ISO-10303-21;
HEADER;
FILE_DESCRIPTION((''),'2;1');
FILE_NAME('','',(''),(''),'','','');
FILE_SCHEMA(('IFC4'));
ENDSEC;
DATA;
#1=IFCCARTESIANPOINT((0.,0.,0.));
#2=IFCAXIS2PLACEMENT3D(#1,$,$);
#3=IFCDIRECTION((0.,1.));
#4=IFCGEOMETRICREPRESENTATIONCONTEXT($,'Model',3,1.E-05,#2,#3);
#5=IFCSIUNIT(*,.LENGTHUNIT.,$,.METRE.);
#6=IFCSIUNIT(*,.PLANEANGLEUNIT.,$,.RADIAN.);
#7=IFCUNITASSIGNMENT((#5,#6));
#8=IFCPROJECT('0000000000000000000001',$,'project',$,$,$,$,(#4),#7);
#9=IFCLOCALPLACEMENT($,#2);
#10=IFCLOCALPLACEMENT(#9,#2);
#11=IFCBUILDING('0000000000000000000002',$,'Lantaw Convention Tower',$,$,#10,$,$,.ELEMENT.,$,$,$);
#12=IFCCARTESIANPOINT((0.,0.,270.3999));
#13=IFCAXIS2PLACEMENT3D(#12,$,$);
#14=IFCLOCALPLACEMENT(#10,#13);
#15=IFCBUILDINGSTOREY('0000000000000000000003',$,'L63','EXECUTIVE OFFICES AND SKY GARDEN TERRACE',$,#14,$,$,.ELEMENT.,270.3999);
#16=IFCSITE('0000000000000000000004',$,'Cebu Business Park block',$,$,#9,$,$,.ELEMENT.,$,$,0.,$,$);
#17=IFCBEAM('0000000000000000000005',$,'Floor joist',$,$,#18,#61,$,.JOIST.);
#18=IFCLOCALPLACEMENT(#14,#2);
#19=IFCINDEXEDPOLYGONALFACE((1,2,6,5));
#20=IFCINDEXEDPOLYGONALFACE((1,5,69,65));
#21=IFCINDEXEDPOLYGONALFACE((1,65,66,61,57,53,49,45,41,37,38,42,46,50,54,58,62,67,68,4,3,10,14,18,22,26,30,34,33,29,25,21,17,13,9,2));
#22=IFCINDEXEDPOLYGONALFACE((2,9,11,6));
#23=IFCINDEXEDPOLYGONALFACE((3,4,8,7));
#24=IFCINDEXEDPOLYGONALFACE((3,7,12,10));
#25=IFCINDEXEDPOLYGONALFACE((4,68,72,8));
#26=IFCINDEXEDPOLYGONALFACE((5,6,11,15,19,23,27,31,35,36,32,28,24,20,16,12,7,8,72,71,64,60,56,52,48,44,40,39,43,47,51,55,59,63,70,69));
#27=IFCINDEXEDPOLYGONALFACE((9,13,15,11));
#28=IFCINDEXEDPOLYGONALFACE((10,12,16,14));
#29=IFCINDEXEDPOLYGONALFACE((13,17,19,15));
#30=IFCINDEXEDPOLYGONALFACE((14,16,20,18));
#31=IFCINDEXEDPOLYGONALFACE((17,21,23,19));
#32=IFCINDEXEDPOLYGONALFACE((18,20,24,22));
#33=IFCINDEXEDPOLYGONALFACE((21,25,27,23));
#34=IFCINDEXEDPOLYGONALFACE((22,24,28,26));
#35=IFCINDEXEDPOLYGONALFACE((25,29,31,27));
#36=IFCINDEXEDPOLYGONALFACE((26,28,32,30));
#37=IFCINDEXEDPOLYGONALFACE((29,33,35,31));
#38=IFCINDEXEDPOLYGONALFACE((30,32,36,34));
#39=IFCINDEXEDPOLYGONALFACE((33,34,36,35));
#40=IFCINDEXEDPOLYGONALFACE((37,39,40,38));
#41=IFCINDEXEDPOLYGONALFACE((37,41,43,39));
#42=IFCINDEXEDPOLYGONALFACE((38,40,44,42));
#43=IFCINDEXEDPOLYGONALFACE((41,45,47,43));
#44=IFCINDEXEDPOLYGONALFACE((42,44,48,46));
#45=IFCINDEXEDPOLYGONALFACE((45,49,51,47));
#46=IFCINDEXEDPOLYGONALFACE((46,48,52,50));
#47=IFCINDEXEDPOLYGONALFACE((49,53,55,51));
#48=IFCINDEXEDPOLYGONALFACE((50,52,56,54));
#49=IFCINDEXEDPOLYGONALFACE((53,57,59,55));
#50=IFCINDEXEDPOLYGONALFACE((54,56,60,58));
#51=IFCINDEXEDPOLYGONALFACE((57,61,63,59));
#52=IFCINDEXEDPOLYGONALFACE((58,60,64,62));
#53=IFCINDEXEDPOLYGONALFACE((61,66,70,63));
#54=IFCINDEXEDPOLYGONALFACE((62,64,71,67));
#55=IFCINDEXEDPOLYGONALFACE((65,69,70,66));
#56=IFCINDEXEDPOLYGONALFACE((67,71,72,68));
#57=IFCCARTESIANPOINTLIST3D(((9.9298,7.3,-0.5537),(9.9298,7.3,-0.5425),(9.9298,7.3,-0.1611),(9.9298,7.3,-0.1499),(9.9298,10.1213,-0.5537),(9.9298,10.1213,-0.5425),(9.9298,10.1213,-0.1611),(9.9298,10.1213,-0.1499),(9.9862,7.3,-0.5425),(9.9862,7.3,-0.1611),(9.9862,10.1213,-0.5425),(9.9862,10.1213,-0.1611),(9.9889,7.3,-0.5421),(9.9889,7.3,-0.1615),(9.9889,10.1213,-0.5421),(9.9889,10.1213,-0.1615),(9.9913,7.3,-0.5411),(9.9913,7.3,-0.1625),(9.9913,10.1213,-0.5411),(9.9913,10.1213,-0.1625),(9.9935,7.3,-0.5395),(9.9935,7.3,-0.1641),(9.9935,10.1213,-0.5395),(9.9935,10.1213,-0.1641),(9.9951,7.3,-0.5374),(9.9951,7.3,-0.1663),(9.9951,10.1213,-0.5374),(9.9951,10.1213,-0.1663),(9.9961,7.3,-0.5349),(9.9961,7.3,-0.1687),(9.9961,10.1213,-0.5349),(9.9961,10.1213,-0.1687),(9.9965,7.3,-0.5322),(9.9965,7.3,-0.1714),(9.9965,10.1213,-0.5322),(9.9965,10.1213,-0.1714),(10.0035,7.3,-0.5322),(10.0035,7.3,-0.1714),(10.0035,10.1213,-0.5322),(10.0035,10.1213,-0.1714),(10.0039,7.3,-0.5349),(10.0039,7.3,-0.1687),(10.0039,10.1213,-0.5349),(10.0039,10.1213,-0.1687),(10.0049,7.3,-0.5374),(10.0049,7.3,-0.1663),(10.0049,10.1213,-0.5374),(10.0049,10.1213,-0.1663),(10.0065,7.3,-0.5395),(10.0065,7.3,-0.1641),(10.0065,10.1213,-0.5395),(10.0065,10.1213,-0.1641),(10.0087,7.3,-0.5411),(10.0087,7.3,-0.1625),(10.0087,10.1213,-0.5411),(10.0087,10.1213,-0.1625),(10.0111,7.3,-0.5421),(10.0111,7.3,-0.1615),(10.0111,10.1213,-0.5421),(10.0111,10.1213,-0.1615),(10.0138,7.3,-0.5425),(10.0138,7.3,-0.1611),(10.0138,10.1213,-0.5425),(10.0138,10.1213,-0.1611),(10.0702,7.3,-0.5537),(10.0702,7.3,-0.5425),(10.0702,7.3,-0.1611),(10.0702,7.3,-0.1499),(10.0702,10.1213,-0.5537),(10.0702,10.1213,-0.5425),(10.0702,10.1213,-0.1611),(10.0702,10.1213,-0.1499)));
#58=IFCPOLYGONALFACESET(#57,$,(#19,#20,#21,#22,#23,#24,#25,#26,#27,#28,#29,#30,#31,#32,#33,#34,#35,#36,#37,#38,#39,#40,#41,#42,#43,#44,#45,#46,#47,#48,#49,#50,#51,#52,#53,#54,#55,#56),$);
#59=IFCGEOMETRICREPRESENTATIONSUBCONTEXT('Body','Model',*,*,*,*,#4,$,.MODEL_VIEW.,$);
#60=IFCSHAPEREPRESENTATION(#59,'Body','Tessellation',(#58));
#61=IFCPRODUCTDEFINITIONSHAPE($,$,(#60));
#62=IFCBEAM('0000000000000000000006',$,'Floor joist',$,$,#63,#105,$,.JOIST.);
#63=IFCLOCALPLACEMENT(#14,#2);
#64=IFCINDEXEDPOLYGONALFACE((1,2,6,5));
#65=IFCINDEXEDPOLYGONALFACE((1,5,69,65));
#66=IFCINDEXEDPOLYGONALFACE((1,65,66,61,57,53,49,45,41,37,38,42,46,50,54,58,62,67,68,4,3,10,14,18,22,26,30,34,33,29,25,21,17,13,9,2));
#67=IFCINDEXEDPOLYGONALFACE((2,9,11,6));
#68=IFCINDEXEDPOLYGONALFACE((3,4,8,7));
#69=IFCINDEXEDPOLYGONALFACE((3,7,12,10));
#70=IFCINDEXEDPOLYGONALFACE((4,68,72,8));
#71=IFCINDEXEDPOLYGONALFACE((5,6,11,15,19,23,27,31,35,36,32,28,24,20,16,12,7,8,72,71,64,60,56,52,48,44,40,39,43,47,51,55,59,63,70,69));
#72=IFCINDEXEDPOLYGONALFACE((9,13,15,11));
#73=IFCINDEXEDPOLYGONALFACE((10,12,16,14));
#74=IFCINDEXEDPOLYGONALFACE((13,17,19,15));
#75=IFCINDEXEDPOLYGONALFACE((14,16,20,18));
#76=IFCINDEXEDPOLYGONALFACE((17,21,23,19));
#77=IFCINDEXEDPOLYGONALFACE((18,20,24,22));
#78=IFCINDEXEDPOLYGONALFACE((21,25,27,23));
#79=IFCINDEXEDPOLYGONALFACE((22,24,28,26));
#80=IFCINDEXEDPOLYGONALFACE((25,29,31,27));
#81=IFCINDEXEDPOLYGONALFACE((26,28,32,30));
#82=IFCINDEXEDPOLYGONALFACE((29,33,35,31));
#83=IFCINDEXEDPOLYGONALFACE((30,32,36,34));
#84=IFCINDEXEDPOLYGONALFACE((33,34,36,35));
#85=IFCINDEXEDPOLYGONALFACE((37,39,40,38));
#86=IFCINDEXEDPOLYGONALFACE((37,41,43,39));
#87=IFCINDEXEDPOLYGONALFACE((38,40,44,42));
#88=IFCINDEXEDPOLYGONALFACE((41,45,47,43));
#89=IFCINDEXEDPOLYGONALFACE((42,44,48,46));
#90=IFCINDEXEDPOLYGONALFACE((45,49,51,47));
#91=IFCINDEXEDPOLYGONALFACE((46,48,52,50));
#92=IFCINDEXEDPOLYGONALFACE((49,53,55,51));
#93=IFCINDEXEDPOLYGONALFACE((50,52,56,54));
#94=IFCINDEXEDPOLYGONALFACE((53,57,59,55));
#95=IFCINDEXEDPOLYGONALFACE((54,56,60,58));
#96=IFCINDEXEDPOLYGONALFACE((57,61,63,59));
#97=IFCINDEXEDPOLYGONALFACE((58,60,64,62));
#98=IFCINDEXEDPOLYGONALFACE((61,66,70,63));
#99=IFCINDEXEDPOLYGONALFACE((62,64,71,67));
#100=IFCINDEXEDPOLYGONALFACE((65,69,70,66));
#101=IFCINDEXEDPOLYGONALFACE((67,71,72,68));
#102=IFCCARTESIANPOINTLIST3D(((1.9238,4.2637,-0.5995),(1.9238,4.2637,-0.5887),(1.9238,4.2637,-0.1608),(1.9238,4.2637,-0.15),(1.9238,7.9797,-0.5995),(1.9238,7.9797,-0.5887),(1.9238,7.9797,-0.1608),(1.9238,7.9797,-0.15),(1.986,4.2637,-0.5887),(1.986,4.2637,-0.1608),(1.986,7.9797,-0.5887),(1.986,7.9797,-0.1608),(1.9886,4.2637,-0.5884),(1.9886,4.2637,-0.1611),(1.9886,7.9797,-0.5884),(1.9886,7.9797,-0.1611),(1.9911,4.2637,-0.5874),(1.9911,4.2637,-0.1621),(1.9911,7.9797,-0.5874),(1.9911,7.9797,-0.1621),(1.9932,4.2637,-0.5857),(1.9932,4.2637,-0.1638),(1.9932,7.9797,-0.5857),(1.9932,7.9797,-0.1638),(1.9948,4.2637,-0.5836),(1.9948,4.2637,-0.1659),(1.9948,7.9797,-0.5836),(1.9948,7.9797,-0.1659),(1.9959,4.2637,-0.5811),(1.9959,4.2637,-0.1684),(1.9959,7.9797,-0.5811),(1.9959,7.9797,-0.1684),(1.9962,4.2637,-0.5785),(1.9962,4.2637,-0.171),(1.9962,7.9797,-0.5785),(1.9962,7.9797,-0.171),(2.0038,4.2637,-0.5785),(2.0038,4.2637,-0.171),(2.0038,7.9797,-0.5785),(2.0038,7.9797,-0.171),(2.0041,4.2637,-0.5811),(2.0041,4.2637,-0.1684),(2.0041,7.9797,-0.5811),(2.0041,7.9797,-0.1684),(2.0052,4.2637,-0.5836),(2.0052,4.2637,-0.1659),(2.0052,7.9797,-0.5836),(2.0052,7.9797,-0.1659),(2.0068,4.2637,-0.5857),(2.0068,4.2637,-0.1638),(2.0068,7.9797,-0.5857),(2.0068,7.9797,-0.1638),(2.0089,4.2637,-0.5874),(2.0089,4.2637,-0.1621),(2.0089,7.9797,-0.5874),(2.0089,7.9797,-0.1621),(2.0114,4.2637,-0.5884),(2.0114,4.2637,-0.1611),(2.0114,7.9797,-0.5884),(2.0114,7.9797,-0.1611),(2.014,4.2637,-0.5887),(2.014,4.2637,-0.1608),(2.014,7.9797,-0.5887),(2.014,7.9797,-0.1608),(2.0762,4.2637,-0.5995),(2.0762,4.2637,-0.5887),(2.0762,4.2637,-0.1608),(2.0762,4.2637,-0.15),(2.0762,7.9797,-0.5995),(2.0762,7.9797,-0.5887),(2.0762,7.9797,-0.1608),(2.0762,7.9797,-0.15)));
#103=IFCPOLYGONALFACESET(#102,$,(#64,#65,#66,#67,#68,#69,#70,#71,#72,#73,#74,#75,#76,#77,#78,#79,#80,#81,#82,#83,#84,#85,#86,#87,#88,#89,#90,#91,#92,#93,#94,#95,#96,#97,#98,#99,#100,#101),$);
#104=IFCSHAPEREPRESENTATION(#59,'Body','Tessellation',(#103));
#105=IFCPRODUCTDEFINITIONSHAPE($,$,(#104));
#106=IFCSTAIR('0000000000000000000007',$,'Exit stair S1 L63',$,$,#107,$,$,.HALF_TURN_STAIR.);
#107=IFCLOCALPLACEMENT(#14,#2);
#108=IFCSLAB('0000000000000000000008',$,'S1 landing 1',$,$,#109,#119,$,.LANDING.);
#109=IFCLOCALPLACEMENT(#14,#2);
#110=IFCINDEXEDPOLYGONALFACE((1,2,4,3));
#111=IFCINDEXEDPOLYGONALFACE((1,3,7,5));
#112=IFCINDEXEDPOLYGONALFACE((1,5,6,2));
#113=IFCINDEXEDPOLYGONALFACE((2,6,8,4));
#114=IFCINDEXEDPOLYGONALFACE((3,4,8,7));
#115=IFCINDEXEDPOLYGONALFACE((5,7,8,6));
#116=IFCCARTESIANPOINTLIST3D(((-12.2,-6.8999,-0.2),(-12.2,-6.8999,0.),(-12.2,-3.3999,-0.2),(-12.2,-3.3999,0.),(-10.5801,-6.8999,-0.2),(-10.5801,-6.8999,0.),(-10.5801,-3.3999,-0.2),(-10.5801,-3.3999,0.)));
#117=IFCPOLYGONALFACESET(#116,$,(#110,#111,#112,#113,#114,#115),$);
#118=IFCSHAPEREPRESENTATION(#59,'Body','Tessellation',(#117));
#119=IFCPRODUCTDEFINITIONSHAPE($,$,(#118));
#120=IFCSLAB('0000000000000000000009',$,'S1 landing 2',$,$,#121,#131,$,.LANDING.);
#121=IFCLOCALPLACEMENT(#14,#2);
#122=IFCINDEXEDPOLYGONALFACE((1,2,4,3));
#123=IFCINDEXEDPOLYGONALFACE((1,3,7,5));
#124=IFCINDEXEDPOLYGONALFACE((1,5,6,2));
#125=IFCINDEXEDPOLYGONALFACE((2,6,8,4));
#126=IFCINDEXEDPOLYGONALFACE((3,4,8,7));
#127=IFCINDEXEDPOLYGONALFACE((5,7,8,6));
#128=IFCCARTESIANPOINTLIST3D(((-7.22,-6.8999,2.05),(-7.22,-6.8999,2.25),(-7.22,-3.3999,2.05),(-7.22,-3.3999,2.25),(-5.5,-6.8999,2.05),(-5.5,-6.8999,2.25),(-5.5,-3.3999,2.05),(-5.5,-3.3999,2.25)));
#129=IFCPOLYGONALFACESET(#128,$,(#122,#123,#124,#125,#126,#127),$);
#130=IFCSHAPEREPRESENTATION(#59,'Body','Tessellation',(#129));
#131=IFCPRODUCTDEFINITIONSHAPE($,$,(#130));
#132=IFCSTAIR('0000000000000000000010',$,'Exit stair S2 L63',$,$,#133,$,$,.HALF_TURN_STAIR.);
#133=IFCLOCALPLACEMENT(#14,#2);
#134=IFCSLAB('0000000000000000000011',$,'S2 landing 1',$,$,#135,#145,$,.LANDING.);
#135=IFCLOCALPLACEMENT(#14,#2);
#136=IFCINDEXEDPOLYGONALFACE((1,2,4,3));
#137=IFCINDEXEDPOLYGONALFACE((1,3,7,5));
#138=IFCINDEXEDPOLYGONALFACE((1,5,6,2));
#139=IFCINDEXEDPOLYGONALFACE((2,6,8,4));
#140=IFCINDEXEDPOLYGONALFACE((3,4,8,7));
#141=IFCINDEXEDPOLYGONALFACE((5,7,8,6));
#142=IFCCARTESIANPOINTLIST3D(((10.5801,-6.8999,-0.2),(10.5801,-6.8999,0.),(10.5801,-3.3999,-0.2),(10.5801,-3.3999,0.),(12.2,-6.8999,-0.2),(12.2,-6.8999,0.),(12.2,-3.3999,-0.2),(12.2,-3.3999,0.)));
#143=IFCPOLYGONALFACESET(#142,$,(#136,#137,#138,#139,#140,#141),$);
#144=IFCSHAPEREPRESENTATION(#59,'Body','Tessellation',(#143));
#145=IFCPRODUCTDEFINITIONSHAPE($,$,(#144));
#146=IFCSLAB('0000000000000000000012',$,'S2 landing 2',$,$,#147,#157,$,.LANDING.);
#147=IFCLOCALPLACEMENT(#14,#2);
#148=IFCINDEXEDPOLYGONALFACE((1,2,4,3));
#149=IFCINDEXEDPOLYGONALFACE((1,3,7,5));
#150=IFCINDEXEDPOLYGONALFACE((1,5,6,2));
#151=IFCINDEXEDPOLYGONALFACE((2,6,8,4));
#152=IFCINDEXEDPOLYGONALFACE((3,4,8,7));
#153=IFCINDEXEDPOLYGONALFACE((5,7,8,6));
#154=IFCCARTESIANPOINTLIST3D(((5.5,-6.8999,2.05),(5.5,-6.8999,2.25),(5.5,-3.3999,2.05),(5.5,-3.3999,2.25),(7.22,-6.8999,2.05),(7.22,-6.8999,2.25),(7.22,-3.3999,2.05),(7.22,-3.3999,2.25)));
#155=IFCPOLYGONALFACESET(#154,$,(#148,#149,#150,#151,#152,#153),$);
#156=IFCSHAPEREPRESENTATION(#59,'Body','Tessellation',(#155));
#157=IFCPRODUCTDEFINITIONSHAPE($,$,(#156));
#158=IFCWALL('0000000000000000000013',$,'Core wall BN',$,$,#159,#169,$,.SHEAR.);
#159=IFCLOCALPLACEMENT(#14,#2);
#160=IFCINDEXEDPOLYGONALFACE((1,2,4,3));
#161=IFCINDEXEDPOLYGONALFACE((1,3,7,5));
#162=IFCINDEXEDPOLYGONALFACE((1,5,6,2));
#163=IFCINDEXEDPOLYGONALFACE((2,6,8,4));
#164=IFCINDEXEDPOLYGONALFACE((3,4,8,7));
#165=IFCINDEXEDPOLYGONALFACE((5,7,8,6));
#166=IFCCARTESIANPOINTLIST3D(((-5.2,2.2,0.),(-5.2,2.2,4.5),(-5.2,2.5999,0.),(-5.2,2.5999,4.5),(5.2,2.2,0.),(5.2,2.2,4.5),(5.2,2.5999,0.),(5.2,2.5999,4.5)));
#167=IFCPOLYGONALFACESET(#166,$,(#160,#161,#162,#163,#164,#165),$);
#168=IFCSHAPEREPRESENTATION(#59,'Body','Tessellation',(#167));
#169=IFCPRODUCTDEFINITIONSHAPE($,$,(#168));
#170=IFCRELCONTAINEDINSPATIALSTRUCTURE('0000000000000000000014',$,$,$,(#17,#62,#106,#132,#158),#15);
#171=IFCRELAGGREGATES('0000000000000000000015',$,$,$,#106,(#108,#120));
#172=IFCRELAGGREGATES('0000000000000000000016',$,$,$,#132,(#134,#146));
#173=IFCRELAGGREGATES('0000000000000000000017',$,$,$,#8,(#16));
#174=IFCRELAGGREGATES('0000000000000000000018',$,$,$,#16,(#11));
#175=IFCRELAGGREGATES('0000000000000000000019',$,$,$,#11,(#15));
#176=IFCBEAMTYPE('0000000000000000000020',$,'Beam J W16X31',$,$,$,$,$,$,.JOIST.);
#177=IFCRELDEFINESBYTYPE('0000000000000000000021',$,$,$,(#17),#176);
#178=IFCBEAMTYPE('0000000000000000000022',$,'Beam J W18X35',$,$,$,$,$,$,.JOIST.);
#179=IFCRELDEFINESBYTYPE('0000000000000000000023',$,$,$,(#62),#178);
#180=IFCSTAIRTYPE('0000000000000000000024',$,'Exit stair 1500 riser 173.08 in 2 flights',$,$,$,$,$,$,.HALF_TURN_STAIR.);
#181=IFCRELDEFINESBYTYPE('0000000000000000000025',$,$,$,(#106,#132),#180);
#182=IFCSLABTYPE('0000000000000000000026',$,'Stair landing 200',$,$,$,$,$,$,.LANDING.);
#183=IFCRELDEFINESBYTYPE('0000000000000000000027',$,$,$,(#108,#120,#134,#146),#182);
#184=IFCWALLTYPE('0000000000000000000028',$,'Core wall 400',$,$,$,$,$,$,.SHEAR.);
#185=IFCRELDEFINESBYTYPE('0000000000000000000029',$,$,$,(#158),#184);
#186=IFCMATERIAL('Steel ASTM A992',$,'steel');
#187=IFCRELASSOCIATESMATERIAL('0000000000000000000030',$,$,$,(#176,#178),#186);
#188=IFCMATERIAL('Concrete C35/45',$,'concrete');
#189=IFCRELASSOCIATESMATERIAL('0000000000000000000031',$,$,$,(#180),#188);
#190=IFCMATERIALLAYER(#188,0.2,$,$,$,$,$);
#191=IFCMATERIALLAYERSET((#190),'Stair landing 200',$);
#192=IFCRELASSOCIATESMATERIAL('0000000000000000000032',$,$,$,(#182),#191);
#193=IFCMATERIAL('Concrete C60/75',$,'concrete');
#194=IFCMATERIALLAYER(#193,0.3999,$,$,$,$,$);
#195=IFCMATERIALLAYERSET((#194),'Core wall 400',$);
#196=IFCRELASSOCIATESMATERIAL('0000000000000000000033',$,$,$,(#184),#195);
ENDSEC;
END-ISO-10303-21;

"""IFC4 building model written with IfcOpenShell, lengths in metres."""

from ifc_helpers import new_model, si_unit, direction, frame, frame_2d, origin, origin_2d, place, context, subcontext, project, spatial, polyline, rectangle, i_section, outline, extrude, material, layer, layer_set, material_profile, profile_set, type_object, element, aggregate, save


model = new_model("IFC4")

# Units and contexts
model_context = context("Model", 3, precision=1e-05, world=origin(), true_north=direction((0.0, 1.0)))
body_context = subcontext(model_context, "Body", "Model", "MODEL_VIEW")
ifc_project = project(units=[si_unit("LENGTHUNIT", "METRE"), si_unit("PLANEANGLEUNIT", "RADIAN")], contexts=[model_context])

# Site, building, storey
site_placement = place(None, origin())
site = spatial("IfcSite", under=ifc_project, at=site_placement, Name="Cebu Business Park block", CompositionType="ELEMENT", RefElevation=0.0)
building_placement = place(site_placement, origin())
building = spatial("IfcBuilding", under=site, at=building_placement, Name="Lantaw Convention Tower", CompositionType="ELEMENT")
storey_placement = place(building_placement, frame((0.0, 0.0, 270.3999)))
storey = spatial("IfcBuildingStorey", under=building, at=storey_placement, Name="L63", Description="EXECUTIVE OFFICES AND SKY GARDEN TERRACE", CompositionType="ELEMENT", Elevation=270.3999)

# Beams
ifc_material_1 = material(Name="Steel ASTM A992", Category="steel")
ifc_material_profile_1 = material_profile(ifc_material_1, i_section(OverallWidth=0.1404, OverallDepth=0.4038, WebThickness=0.0071, FlangeThickness=0.0112, FilletRadius=0.0103, at=origin_2d()), Name="W16X31")
ifc_profile_set_1 = profile_set([ifc_material_profile_1], Name="Steel ASTM A992")
beam_type_1 = type_object("IfcBeamType", Name="Beam J W16X31", PredefinedType="JOIST", material=ifc_profile_set_1)
beam_1_placement = place(storey_placement, frame((10.0, 7.3, -0.3518), z_axis=(0.0, 1.0, 0.0), x_axis=(-1.0, 0.0, 0.0)))
element("IfcBeam", 1, at=beam_1_placement, inside=storey, type_object=beam_type_1, Name="Floor joist", PredefinedType="JOIST", context=body_context, shape_type="SweptSolid", body=[
    extrude(i_section(OverallWidth=0.1404, OverallDepth=0.4038, WebThickness=0.0071, FlangeThickness=0.0112, FilletRadius=0.0103, at=origin_2d()), origin(), (0.0, 0.0, 1.0), 2.8213),
])
ifc_material_profile_2 = material_profile(ifc_material_1, i_section(OverallWidth=0.1523, OverallDepth=0.4495, WebThickness=0.0076, FlangeThickness=0.0107, FilletRadius=0.0103, at=origin_2d()), Name="W18X35")
ifc_profile_set_2 = profile_set([ifc_material_profile_2], Name="Steel ASTM A992")
beam_type_2 = type_object("IfcBeamType", Name="Beam J W18X35", PredefinedType="JOIST", material=ifc_profile_set_2)
beam_2_placement = place(storey_placement, frame((2.0, 4.2637, -0.3748), z_axis=(0.0, 1.0, 0.0), x_axis=(-1.0, 0.0, 0.0)))
element("IfcBeam", 2, at=beam_2_placement, inside=storey, type_object=beam_type_2, Name="Floor joist", PredefinedType="JOIST", context=body_context, shape_type="SweptSolid", body=[
    extrude(i_section(OverallWidth=0.1523, OverallDepth=0.4495, WebThickness=0.0076, FlangeThickness=0.0107, FilletRadius=0.0103, at=origin_2d()), origin(), (0.0, 0.0, 1.0), 3.7161),
])

# Stairs, slabs
ifc_material_2 = material(Name="Concrete C35/45", Category="concrete")
stair_type = type_object("IfcStairType", Name="Exit stair 1500 riser 173.08 in 2 flights", PredefinedType="HALF_TURN_STAIR", material=ifc_material_2)
stair_1_placement = place(storey_placement, origin())
stair_1 = element("IfcStair", 3, at=stair_1_placement, inside=storey, type_object=stair_type, Name="Exit stair S1 L63", PredefinedType="HALF_TURN_STAIR")
ifc_layer_1 = layer(ifc_material_2, 0.2)
ifc_layer_set_1 = layer_set([ifc_layer_1], Name="Stair landing 200")
slab_type = type_object("IfcSlabType", Name="Stair landing 200", PredefinedType="LANDING", material=ifc_layer_set_1)
slab_1_placement = place(storey_placement, frame((0.0, 0.0, -0.2)))
slab_1 = element("IfcSlab", 4, at=slab_1_placement, type_object=slab_type, Name="S1 landing 1", PredefinedType="LANDING", context=body_context, shape_type="SweptSolid", body=[
    extrude(outline(polyline([(-12.2, -6.8999), (-10.5801, -6.8999), (-10.5801, -3.3999), (-12.2, -3.3999), (-12.2, -6.8999)])), origin(), (0.0, 0.0, 1.0), 0.2),
])
slab_2_placement = place(storey_placement, frame((0.0, 0.0, 2.05)))
slab_2 = element("IfcSlab", 5, at=slab_2_placement, type_object=slab_type, Name="S1 landing 2", PredefinedType="LANDING", context=body_context, shape_type="SweptSolid", body=[
    extrude(outline(polyline([(-7.22, -6.8999), (-5.5, -6.8999), (-5.5, -3.3999), (-7.22, -3.3999), (-7.22, -6.8999)])), origin(), (0.0, 0.0, 1.0), 0.2),
])
aggregate(stair_1, [slab_1, slab_2])
stair_2_placement = place(storey_placement, origin())
stair_2 = element("IfcStair", 6, at=stair_2_placement, inside=storey, type_object=stair_type, Name="Exit stair S2 L63", PredefinedType="HALF_TURN_STAIR")
slab_3_placement = place(storey_placement, frame((0.0, 0.0, -0.2)))
slab_3 = element("IfcSlab", 7, at=slab_3_placement, type_object=slab_type, Name="S2 landing 1", PredefinedType="LANDING", context=body_context, shape_type="SweptSolid", body=[
    extrude(outline(polyline([(10.5801, -6.8999), (12.2, -6.8999), (12.2, -3.3999), (10.5801, -3.3999), (10.5801, -6.8999)])), origin(), (0.0, 0.0, 1.0), 0.2),
])
slab_4_placement = place(storey_placement, frame((0.0, 0.0, 2.05)))
slab_4 = element("IfcSlab", 8, at=slab_4_placement, type_object=slab_type, Name="S2 landing 2", PredefinedType="LANDING", context=body_context, shape_type="SweptSolid", body=[
    extrude(outline(polyline([(5.5, -6.8999), (7.22, -6.8999), (7.22, -3.3999), (5.5, -3.3999), (5.5, -6.8999)])), origin(), (0.0, 0.0, 1.0), 0.2),
])
aggregate(stair_2, [slab_3, slab_4])

# Wall
ifc_material_3 = material(Name="Concrete C60/75", Category="concrete")
ifc_layer_2 = layer(ifc_material_3, 0.3999)
ifc_layer_set_2 = layer_set([ifc_layer_2], Name="Core wall 400")
wall_type_1 = type_object("IfcWallType", Name="Core wall 400", PredefinedType="SHEAR", material=ifc_layer_set_2)
wall_1_placement = place(storey_placement, frame((5.2, 2.3999, 0.0), z_axis=(0.0, 0.0, 1.0), x_axis=(-1.0, 0.0, 0.0)))
element("IfcWall", 9, at=wall_1_placement, inside=storey, type_object=wall_type_1, Name="Core wall BN", PredefinedType="SHEAR", context=body_context, shape_type="SweptSolid", body=[
    extrude(rectangle(XDim=10.3999, YDim=0.3999, at=frame_2d((5.2, 0.0))), origin(), (0.0, 0.0, 1.0), 4.5),
])

save(model, "model.ifc")
